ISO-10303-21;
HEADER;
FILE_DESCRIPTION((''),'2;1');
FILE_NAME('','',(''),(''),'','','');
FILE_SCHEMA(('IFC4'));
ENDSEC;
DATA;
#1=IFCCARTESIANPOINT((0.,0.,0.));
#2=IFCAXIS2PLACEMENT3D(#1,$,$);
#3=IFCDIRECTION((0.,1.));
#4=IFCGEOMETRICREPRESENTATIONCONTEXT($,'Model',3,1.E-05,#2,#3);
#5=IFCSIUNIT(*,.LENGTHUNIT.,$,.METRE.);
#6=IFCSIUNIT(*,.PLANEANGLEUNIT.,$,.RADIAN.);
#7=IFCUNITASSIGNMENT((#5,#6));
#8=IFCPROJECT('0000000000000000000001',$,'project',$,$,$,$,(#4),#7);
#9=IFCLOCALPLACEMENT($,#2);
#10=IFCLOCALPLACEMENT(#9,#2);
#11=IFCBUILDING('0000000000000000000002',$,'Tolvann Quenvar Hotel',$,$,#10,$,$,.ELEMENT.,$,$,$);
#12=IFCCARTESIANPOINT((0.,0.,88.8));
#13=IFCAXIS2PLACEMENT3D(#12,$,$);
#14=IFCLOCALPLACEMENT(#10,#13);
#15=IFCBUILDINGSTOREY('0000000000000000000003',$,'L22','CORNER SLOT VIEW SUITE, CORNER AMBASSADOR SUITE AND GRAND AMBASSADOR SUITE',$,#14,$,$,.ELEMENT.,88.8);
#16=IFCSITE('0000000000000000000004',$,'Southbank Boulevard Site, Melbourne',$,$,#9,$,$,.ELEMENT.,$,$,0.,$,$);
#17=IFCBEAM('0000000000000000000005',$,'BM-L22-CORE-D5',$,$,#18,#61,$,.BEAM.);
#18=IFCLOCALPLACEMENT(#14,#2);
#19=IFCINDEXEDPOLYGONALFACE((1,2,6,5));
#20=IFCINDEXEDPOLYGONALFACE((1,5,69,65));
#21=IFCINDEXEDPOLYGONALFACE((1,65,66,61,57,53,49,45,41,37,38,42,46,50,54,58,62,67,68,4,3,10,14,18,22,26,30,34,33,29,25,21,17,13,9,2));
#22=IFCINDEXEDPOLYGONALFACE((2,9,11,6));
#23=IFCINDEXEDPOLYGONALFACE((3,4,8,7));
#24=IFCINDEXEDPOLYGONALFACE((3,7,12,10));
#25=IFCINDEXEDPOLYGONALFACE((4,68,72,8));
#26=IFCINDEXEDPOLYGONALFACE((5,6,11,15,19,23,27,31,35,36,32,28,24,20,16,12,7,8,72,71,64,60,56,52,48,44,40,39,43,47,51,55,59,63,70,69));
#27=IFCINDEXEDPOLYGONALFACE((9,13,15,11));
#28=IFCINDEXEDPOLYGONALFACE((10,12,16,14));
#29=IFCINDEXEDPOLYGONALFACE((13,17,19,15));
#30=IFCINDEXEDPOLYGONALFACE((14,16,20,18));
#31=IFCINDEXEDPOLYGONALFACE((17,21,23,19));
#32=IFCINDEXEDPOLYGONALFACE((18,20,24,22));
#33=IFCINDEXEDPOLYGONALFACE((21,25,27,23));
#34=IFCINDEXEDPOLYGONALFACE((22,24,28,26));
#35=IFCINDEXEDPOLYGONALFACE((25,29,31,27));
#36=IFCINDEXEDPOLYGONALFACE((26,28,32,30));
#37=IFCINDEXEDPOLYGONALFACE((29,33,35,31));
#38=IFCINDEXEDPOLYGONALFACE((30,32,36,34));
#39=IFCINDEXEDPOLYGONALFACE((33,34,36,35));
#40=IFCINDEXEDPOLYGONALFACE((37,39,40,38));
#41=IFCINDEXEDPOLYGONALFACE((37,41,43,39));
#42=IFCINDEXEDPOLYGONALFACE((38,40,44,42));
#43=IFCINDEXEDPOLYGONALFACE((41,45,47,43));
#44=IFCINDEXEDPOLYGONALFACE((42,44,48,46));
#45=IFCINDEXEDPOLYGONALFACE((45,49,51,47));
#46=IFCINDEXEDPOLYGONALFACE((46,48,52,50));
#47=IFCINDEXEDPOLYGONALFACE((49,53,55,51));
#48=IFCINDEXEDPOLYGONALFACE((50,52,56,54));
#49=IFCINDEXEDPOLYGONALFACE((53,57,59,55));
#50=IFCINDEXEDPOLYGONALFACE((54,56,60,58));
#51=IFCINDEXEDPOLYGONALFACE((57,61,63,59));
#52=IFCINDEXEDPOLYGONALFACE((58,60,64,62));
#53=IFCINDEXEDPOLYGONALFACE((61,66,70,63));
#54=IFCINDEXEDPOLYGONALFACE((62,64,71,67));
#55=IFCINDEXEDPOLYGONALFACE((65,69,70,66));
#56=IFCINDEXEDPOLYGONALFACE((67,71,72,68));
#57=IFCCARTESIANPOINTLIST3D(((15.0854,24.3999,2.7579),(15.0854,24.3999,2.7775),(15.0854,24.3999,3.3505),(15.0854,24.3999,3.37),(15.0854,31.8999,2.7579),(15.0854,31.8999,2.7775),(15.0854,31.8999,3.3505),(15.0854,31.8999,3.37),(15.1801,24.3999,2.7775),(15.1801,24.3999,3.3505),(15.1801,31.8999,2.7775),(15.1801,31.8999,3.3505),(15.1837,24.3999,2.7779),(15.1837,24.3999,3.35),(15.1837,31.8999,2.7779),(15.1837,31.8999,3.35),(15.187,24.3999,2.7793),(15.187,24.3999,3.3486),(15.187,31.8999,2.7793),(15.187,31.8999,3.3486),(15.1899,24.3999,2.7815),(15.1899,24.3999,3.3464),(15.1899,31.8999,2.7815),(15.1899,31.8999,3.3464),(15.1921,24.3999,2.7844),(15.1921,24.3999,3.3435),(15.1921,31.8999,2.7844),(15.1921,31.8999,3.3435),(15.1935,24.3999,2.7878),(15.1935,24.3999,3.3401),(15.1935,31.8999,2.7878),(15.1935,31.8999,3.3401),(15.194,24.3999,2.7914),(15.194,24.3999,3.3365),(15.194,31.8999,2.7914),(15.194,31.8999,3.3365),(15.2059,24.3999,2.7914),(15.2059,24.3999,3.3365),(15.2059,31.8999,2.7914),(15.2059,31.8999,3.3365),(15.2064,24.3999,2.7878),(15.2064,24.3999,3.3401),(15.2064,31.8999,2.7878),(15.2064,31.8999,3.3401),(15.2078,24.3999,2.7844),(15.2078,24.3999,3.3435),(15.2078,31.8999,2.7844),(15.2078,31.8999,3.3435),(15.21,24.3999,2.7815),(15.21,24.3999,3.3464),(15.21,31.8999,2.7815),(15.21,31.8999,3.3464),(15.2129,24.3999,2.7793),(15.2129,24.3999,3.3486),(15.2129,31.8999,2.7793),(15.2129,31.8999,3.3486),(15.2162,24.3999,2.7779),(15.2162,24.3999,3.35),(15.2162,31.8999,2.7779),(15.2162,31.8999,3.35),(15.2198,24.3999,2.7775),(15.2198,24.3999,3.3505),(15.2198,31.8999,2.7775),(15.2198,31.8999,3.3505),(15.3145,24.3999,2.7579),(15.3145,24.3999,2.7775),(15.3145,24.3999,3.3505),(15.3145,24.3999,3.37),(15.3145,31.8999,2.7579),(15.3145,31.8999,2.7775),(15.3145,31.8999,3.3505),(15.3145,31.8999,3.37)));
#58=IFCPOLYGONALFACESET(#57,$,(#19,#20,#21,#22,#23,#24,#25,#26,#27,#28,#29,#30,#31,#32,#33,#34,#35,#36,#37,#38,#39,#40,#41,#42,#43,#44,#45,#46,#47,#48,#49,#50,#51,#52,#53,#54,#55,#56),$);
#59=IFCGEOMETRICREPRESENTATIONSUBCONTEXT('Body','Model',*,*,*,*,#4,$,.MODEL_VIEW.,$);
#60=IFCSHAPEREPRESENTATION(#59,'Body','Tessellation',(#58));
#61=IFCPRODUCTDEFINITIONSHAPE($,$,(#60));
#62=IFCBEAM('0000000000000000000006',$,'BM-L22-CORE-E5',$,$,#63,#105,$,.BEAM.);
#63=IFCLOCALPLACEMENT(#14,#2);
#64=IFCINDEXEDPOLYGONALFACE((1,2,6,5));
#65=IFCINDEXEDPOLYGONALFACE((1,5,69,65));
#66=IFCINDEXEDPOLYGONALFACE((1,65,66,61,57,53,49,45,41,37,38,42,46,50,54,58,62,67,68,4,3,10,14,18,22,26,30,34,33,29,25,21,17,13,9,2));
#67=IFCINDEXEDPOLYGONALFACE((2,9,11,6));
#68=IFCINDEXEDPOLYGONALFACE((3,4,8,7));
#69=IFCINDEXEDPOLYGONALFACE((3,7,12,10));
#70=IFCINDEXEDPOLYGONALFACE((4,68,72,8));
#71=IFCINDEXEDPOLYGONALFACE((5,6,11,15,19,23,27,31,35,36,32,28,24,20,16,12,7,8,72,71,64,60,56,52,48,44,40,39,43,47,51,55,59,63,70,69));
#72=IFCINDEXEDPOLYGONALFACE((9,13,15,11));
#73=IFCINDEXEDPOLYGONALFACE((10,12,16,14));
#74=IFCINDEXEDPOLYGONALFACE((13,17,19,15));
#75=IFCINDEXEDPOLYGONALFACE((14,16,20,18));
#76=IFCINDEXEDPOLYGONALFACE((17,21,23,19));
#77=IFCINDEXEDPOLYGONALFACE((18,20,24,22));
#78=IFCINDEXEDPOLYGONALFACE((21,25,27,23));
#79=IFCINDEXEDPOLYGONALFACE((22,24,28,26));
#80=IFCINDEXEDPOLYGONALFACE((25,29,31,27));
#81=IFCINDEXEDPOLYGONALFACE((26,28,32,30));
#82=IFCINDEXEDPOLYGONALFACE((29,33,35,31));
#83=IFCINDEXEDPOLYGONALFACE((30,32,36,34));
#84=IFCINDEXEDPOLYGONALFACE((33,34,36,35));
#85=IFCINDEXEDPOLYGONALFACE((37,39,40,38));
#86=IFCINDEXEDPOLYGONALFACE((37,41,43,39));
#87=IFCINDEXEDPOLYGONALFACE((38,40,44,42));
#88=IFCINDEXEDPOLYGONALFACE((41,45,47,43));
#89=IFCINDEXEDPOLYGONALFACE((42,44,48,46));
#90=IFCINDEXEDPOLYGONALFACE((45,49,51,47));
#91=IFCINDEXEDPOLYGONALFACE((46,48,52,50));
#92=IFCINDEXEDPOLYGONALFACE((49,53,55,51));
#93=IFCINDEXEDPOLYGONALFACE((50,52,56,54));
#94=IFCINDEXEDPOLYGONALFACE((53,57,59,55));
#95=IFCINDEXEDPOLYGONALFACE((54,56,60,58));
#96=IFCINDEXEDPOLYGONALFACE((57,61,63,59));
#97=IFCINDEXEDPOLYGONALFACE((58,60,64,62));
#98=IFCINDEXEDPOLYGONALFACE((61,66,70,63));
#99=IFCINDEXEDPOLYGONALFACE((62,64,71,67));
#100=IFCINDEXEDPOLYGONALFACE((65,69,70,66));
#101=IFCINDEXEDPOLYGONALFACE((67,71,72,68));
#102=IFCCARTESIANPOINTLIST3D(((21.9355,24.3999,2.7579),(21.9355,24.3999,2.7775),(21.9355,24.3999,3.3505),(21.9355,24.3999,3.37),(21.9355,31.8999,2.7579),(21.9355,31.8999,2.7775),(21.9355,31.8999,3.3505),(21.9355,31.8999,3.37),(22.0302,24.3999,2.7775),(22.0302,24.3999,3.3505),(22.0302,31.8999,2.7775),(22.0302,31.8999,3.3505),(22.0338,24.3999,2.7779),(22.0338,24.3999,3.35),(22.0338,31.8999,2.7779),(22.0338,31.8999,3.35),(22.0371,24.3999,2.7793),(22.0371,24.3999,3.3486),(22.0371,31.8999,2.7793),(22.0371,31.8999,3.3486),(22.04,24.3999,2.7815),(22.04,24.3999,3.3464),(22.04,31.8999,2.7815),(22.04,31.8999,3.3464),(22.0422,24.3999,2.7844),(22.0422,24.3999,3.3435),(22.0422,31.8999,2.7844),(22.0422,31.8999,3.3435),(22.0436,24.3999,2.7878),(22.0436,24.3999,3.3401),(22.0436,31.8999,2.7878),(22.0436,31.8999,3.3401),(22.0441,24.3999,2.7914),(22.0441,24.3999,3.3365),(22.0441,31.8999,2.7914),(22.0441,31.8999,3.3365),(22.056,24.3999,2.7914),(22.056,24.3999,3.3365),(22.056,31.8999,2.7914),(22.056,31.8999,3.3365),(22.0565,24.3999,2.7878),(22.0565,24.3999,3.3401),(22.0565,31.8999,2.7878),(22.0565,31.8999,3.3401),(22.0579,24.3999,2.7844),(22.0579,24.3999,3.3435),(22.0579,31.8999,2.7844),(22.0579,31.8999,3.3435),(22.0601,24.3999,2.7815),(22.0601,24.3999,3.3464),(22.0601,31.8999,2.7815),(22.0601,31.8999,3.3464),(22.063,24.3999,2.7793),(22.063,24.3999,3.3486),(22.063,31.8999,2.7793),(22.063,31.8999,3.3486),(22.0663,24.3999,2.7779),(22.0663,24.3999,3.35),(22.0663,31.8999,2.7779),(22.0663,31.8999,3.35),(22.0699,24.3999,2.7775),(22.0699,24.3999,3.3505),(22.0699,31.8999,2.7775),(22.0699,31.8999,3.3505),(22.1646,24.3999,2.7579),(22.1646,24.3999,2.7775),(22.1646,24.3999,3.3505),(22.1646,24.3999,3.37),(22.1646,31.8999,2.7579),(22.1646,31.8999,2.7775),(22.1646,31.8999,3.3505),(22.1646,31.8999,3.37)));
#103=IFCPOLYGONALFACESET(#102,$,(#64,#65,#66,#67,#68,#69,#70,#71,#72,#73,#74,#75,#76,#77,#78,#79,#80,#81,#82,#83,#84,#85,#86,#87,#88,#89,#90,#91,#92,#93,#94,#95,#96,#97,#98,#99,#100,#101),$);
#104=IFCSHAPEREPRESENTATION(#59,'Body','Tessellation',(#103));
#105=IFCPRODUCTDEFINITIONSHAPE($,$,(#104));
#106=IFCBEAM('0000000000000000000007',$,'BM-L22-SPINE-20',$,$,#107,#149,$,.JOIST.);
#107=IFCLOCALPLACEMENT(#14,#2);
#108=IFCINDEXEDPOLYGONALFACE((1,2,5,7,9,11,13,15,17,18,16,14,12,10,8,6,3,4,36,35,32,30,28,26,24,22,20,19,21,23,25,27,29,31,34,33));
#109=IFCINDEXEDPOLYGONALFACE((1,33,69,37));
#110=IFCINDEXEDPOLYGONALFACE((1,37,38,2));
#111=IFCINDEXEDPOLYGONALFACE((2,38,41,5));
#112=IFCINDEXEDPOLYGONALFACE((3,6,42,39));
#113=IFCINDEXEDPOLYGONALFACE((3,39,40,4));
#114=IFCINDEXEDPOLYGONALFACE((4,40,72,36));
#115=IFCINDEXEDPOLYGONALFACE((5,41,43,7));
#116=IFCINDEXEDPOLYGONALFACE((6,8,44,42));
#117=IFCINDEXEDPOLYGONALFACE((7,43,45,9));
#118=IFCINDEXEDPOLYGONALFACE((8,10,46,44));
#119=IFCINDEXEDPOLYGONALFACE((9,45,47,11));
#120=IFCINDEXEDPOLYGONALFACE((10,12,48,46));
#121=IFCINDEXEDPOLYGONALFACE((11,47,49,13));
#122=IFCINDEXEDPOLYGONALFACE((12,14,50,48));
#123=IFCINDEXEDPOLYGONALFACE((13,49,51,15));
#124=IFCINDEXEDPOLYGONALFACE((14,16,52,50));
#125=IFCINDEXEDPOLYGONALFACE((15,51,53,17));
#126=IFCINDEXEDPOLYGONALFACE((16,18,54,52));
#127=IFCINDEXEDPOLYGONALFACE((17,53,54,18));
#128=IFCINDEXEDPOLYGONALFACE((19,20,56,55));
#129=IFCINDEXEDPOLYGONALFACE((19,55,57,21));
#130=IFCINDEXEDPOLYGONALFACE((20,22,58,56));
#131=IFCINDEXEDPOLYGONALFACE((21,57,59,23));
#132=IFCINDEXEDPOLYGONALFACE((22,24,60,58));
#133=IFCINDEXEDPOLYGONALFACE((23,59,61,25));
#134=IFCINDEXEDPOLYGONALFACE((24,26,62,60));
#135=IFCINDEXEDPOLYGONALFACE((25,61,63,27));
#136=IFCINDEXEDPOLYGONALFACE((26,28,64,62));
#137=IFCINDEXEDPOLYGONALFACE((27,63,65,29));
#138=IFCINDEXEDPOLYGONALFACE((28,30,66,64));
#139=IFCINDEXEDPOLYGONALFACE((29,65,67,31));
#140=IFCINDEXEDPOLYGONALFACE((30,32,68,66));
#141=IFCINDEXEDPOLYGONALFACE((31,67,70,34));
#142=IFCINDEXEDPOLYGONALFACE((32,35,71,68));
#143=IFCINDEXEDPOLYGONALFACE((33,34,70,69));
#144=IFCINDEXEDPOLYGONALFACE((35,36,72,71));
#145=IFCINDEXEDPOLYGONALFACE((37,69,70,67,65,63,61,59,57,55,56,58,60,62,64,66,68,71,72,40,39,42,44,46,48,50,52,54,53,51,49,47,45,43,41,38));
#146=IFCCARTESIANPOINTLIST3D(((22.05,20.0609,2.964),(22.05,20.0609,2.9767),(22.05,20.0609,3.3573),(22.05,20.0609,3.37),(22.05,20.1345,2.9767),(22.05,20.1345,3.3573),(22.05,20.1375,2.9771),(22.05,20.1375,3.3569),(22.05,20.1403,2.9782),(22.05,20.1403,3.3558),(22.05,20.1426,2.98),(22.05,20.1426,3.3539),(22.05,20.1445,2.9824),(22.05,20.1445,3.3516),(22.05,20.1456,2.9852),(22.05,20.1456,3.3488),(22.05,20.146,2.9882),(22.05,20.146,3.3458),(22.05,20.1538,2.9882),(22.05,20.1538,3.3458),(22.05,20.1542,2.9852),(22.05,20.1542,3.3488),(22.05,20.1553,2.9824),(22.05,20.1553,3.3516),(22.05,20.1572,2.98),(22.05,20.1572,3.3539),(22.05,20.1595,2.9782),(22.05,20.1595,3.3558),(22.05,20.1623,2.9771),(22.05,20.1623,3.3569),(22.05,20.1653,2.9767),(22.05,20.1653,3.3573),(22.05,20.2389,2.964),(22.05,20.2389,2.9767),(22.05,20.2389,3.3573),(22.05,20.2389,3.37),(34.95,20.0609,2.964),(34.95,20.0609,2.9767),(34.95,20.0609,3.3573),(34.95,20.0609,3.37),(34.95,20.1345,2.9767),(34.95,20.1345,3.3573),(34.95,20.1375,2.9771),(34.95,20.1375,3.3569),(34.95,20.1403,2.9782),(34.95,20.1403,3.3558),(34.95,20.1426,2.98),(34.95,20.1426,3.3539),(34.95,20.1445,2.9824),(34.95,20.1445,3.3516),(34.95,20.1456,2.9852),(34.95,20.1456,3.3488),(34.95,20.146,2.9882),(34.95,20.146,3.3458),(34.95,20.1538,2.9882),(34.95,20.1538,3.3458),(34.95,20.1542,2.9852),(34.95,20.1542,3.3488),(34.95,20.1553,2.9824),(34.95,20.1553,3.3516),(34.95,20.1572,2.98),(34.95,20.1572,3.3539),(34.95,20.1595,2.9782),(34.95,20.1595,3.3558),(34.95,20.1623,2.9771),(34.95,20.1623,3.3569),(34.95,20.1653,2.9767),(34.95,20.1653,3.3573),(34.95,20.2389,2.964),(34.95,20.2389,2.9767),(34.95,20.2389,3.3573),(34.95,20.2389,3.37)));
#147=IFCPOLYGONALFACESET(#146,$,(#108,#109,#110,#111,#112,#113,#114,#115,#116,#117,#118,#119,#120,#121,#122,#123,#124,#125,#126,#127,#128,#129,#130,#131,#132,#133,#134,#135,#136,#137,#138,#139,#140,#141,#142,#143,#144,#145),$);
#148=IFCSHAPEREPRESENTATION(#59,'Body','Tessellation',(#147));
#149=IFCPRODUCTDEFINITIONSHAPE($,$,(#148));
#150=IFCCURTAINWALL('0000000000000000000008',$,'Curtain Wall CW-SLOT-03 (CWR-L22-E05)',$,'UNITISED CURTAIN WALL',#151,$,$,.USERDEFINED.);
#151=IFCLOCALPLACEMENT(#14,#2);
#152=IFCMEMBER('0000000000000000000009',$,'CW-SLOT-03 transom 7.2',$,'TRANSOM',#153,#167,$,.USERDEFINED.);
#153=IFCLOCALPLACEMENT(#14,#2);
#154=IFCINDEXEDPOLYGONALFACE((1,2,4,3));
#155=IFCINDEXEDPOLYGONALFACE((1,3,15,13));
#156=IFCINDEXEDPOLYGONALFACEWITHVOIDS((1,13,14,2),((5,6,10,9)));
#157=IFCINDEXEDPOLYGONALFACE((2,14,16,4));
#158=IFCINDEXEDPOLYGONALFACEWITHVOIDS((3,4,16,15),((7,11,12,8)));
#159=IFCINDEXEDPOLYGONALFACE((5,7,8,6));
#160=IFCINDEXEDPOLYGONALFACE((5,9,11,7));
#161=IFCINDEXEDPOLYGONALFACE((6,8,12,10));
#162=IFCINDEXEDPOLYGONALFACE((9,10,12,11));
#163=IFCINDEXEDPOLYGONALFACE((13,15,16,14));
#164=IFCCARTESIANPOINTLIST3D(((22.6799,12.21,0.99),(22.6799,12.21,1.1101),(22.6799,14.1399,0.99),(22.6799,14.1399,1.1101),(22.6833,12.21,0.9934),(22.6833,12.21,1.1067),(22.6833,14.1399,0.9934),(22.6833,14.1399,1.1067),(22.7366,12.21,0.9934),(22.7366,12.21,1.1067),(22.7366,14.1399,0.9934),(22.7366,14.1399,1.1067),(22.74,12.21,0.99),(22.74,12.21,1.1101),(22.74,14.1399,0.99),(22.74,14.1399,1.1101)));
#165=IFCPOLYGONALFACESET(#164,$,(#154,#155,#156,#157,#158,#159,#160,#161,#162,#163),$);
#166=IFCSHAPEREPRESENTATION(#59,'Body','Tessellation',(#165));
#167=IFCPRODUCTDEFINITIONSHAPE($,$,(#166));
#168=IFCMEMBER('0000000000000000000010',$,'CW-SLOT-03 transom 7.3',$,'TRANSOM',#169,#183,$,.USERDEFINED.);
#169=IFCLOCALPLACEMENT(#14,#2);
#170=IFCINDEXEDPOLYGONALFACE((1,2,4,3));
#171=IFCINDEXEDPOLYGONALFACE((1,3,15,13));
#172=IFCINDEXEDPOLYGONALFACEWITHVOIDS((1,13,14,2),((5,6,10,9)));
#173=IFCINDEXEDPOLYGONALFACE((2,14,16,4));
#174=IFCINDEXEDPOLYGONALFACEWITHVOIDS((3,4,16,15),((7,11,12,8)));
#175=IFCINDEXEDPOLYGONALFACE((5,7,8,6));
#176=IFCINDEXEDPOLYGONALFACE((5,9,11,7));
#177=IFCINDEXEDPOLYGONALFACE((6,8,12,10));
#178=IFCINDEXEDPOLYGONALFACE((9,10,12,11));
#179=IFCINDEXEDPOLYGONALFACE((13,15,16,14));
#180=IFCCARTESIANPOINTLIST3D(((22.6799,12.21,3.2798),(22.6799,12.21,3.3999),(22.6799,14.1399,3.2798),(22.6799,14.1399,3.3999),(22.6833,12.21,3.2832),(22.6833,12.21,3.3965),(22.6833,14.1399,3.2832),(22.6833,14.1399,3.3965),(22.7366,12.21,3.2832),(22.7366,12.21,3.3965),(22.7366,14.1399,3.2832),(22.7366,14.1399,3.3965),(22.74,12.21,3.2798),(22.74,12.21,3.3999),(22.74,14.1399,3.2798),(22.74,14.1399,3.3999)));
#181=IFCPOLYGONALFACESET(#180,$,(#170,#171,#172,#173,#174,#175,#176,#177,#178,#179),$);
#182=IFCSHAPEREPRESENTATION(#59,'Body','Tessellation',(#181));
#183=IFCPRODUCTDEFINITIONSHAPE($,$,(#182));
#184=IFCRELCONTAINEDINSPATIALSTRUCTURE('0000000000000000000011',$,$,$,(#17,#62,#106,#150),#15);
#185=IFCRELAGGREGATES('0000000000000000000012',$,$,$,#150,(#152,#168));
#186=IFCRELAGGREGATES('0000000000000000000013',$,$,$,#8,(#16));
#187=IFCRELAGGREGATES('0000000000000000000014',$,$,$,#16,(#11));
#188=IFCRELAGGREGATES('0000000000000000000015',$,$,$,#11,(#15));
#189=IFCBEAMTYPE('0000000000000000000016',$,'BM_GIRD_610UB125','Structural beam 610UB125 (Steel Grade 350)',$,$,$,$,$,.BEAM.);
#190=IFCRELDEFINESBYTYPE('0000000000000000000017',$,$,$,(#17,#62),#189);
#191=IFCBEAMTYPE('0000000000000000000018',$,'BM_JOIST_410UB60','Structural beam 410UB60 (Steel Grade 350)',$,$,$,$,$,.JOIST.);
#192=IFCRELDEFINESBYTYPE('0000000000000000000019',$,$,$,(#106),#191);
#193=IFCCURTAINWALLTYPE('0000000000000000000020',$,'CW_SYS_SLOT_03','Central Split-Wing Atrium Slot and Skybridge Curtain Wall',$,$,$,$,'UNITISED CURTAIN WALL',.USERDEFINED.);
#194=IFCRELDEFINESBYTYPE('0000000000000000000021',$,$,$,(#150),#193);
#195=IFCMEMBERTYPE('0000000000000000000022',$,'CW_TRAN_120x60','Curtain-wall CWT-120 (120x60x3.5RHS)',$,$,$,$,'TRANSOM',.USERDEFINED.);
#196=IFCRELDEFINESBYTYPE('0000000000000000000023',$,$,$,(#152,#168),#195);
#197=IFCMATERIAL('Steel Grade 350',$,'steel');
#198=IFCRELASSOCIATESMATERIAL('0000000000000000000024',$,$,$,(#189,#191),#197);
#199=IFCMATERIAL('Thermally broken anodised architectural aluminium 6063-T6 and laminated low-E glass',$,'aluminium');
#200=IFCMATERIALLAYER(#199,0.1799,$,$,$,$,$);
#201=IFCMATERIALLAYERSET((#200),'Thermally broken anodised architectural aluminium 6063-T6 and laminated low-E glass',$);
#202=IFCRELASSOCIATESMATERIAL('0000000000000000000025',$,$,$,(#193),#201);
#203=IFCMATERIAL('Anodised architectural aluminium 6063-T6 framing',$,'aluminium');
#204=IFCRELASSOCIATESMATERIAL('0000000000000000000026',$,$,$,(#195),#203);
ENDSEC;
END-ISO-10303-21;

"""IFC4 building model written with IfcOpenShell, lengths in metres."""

from ifc_helpers import new_model, si_unit, direction, frame, origin, origin_2d, place, context, subcontext, project, spatial, hollow_rectangle, i_section, extrude, source, transform, mapped, material, layer, layer_set, material_profile, profile_set, type_object, type_shapes, element, aggregate, save


model = new_model("IFC4")

# Units and contexts
model_context = context("Model", 3, precision=1e-05, world=origin(), true_north=direction((0.0, 1.0)))
body_context = subcontext(model_context, "Body", "Model", "MODEL_VIEW")
ifc_project = project(units=[si_unit("LENGTHUNIT", "METRE"), si_unit("PLANEANGLEUNIT", "RADIAN")], contexts=[model_context])

# Site, building, storey
site_placement = place(None, origin())
site = spatial("IfcSite", under=ifc_project, at=site_placement, Name="Southbank Boulevard Site, Melbourne", CompositionType="ELEMENT", RefElevation=0.0)
building_placement = place(site_placement, origin())
building = spatial("IfcBuilding", under=site, at=building_placement, Name="Tolvann Quenvar Hotel", CompositionType="ELEMENT")
storey_placement = place(building_placement, frame((0.0, 0.0, 88.8)))
storey = spatial("IfcBuildingStorey", under=building, at=storey_placement, Name="L22", Description="CORNER SLOT VIEW SUITE, CORNER AMBASSADOR SUITE AND GRAND AMBASSADOR SUITE", CompositionType="ELEMENT", Elevation=88.8)

# Shared definitions
ifc_material_1 = material(Name="Steel Grade 350", Category="steel")

# Beams
ifc_material_profile_1 = material_profile(ifc_material_1, i_section(OverallWidth=0.229, OverallDepth=0.6121, WebThickness=0.012, FlangeThickness=0.0195, FilletRadius=0.0139, at=origin_2d()), Name="610UB125")
ifc_profile_set_1 = profile_set([ifc_material_profile_1], Name="Steel Grade 350")
beam_type_1 = type_object("IfcBeamType", Name="BM_GIRD_610UB125", Description="Structural beam 610UB125 (Steel Grade 350)", PredefinedType="BEAM", material=ifc_profile_set_1)
shared_shape_1 = source(origin(), body_context, "Body", "SweptSolid", [
    extrude(i_section(OverallWidth=0.229, OverallDepth=0.6121, WebThickness=0.012, FlangeThickness=0.0195, FilletRadius=0.0139, at=origin_2d()), origin(), (0.0, 0.0, 1.0), 7.5),
])
for number, where, z_axis, x_axis, name in (
    (1, (15.2, 24.3999, 3.064), (0.0, 1.0, 0.0), (-1.0, 0.0, 0.0), "BM-L22-CORE-D5"),
    (2, (22.05, 24.3999, 3.064), (0.0, 1.0, 0.0), (-1.0, 0.0, 0.0), "BM-L22-CORE-E5"),
):
    element("IfcBeam", number, at=place(storey_placement, frame(where, z_axis=z_axis, x_axis=x_axis)), inside=storey, type_object=beam_type_1, Name=name, PredefinedType="BEAM", context=body_context, shape_type="MappedRepresentation", body=[
        mapped(shared_shape_1, transform((0.0, 0.0, 0.0), x_axis=(1.0, 0.0, 0.0), y_axis=(0.0, 1.0, 0.0), z_axis=(0.0, 0.0, 1.0), scale=1.0)),
    ])
ifc_material_profile_2 = material_profile(ifc_material_1, i_section(OverallWidth=0.178, OverallDepth=0.406, WebThickness=0.0078, FlangeThickness=0.0127, FilletRadius=0.0115, at=origin_2d()), Name="410UB60")
ifc_profile_set_2 = profile_set([ifc_material_profile_2], Name="Steel Grade 350")
beam_type_2 = type_object("IfcBeamType", Name="BM_JOIST_410UB60", Description="Structural beam 410UB60 (Steel Grade 350)", PredefinedType="JOIST", material=ifc_profile_set_2)
shared_shape_2 = source(origin(), body_context, "Body", "SweptSolid", [
    extrude(i_section(OverallWidth=0.178, OverallDepth=0.406, WebThickness=0.0078, FlangeThickness=0.0127, FilletRadius=0.0115, at=origin_2d()), origin(), (0.0, 0.0, 1.0), 12.8999),
])
type_shapes(beam_type_2, [shared_shape_2])
beam_1_placement = place(storey_placement, frame((22.05, 20.1499, 3.167), z_axis=(1.0, 0.0, 0.0), x_axis=(0.0, 1.0, 0.0)))
element("IfcBeam", 3, at=beam_1_placement, inside=storey, type_object=beam_type_2, Name="BM-L22-SPINE-20", PredefinedType="JOIST", context=body_context, shape_type="MappedRepresentation", body=[
    mapped(shared_shape_2, transform((0.0, 0.0, 0.0), x_axis=(1.0, 0.0, 0.0), y_axis=(0.0, 1.0, 0.0), z_axis=(0.0, 0.0, 1.0), scale=1.0)),
])

# Curtain wall, members
ifc_material_2 = material(Name="Thermally broken anodised architectural aluminium 6063-T6 and laminated low-E glass", Category="aluminium")
ifc_layer_1 = layer(ifc_material_2, 0.1799)
ifc_layer_set_1 = layer_set([ifc_layer_1], Name="Thermally broken anodised architectural aluminium 6063-T6 and laminated low-E glass")
curtain_wall_type = type_object("IfcCurtainWallType", Name="CW_SYS_SLOT_03", Description="Central Split-Wing Atrium Slot and Skybridge Curtain Wall", ElementType="UNITISED CURTAIN WALL", PredefinedType="USERDEFINED", material=ifc_layer_set_1)
curtain_wall_placement = place(storey_placement, origin())
curtain_wall = element("IfcCurtainWall", 4, at=curtain_wall_placement, inside=storey, type_object=curtain_wall_type, Name="Curtain Wall CW-SLOT-03 (CWR-L22-E05)", ObjectType="UNITISED CURTAIN WALL", PredefinedType="USERDEFINED")
ifc_material_3 = material(Name="Anodised architectural aluminium 6063-T6 framing", Category="aluminium")
ifc_material_profile_3 = material_profile(ifc_material_3, hollow_rectangle(XDim=0.0601, YDim=0.1201, WallThickness=0.0034, at=origin_2d()), Name="120x60x3.5RHS")
ifc_profile_set_3 = profile_set([ifc_material_profile_3], Name="Anodised architectural aluminium 6063-T6 framing")
member_type_1 = type_object("IfcMemberType", Name="CW_TRAN_120x60", Description="Curtain-wall CWT-120 (120x60x3.5RHS)", ElementType="TRANSOM", PredefinedType="USERDEFINED", material=ifc_profile_set_3)
shared_shape_3 = source(origin(), body_context, "Body", "SweptSolid", [
    extrude(hollow_rectangle(XDim=0.0601, YDim=0.1201, WallThickness=0.0034, at=origin_2d()), origin(), (0.0, 0.0, 1.0), 1.9299),
])
member_1_placement = place(storey_placement, frame((22.71, 12.21, 1.05), z_axis=(0.0, 1.0, 0.0), x_axis=(-1.0, 0.0, 0.0)))
member_1 = element("IfcMember", 5, at=member_1_placement, type_object=member_type_1, Name="CW-SLOT-03 transom 7.2", ObjectType="TRANSOM", PredefinedType="USERDEFINED", context=body_context, shape_type="MappedRepresentation", body=[
    mapped(shared_shape_3, transform((0.0, 0.0, 0.0), x_axis=(1.0, 0.0, 0.0), y_axis=(0.0, 1.0, 0.0), z_axis=(0.0, 0.0, 1.0), scale=1.0)),
])
member_2_placement = place(storey_placement, frame((22.71, 12.21, 3.3398), z_axis=(0.0, 1.0, 0.0), x_axis=(-1.0, 0.0, 0.0)))
member_2 = element("IfcMember", 6, at=member_2_placement, type_object=member_type_1, Name="CW-SLOT-03 transom 7.3", ObjectType="TRANSOM", PredefinedType="USERDEFINED", context=body_context, shape_type="MappedRepresentation", body=[
    mapped(shared_shape_3, transform((0.0, 0.0, 0.0), x_axis=(1.0, 0.0, 0.0), y_axis=(0.0, 1.0, 0.0), z_axis=(0.0, 0.0, 1.0), scale=1.0)),
])
aggregate(curtain_wall, [member_1, member_2])

save(model, "model.ifc")
